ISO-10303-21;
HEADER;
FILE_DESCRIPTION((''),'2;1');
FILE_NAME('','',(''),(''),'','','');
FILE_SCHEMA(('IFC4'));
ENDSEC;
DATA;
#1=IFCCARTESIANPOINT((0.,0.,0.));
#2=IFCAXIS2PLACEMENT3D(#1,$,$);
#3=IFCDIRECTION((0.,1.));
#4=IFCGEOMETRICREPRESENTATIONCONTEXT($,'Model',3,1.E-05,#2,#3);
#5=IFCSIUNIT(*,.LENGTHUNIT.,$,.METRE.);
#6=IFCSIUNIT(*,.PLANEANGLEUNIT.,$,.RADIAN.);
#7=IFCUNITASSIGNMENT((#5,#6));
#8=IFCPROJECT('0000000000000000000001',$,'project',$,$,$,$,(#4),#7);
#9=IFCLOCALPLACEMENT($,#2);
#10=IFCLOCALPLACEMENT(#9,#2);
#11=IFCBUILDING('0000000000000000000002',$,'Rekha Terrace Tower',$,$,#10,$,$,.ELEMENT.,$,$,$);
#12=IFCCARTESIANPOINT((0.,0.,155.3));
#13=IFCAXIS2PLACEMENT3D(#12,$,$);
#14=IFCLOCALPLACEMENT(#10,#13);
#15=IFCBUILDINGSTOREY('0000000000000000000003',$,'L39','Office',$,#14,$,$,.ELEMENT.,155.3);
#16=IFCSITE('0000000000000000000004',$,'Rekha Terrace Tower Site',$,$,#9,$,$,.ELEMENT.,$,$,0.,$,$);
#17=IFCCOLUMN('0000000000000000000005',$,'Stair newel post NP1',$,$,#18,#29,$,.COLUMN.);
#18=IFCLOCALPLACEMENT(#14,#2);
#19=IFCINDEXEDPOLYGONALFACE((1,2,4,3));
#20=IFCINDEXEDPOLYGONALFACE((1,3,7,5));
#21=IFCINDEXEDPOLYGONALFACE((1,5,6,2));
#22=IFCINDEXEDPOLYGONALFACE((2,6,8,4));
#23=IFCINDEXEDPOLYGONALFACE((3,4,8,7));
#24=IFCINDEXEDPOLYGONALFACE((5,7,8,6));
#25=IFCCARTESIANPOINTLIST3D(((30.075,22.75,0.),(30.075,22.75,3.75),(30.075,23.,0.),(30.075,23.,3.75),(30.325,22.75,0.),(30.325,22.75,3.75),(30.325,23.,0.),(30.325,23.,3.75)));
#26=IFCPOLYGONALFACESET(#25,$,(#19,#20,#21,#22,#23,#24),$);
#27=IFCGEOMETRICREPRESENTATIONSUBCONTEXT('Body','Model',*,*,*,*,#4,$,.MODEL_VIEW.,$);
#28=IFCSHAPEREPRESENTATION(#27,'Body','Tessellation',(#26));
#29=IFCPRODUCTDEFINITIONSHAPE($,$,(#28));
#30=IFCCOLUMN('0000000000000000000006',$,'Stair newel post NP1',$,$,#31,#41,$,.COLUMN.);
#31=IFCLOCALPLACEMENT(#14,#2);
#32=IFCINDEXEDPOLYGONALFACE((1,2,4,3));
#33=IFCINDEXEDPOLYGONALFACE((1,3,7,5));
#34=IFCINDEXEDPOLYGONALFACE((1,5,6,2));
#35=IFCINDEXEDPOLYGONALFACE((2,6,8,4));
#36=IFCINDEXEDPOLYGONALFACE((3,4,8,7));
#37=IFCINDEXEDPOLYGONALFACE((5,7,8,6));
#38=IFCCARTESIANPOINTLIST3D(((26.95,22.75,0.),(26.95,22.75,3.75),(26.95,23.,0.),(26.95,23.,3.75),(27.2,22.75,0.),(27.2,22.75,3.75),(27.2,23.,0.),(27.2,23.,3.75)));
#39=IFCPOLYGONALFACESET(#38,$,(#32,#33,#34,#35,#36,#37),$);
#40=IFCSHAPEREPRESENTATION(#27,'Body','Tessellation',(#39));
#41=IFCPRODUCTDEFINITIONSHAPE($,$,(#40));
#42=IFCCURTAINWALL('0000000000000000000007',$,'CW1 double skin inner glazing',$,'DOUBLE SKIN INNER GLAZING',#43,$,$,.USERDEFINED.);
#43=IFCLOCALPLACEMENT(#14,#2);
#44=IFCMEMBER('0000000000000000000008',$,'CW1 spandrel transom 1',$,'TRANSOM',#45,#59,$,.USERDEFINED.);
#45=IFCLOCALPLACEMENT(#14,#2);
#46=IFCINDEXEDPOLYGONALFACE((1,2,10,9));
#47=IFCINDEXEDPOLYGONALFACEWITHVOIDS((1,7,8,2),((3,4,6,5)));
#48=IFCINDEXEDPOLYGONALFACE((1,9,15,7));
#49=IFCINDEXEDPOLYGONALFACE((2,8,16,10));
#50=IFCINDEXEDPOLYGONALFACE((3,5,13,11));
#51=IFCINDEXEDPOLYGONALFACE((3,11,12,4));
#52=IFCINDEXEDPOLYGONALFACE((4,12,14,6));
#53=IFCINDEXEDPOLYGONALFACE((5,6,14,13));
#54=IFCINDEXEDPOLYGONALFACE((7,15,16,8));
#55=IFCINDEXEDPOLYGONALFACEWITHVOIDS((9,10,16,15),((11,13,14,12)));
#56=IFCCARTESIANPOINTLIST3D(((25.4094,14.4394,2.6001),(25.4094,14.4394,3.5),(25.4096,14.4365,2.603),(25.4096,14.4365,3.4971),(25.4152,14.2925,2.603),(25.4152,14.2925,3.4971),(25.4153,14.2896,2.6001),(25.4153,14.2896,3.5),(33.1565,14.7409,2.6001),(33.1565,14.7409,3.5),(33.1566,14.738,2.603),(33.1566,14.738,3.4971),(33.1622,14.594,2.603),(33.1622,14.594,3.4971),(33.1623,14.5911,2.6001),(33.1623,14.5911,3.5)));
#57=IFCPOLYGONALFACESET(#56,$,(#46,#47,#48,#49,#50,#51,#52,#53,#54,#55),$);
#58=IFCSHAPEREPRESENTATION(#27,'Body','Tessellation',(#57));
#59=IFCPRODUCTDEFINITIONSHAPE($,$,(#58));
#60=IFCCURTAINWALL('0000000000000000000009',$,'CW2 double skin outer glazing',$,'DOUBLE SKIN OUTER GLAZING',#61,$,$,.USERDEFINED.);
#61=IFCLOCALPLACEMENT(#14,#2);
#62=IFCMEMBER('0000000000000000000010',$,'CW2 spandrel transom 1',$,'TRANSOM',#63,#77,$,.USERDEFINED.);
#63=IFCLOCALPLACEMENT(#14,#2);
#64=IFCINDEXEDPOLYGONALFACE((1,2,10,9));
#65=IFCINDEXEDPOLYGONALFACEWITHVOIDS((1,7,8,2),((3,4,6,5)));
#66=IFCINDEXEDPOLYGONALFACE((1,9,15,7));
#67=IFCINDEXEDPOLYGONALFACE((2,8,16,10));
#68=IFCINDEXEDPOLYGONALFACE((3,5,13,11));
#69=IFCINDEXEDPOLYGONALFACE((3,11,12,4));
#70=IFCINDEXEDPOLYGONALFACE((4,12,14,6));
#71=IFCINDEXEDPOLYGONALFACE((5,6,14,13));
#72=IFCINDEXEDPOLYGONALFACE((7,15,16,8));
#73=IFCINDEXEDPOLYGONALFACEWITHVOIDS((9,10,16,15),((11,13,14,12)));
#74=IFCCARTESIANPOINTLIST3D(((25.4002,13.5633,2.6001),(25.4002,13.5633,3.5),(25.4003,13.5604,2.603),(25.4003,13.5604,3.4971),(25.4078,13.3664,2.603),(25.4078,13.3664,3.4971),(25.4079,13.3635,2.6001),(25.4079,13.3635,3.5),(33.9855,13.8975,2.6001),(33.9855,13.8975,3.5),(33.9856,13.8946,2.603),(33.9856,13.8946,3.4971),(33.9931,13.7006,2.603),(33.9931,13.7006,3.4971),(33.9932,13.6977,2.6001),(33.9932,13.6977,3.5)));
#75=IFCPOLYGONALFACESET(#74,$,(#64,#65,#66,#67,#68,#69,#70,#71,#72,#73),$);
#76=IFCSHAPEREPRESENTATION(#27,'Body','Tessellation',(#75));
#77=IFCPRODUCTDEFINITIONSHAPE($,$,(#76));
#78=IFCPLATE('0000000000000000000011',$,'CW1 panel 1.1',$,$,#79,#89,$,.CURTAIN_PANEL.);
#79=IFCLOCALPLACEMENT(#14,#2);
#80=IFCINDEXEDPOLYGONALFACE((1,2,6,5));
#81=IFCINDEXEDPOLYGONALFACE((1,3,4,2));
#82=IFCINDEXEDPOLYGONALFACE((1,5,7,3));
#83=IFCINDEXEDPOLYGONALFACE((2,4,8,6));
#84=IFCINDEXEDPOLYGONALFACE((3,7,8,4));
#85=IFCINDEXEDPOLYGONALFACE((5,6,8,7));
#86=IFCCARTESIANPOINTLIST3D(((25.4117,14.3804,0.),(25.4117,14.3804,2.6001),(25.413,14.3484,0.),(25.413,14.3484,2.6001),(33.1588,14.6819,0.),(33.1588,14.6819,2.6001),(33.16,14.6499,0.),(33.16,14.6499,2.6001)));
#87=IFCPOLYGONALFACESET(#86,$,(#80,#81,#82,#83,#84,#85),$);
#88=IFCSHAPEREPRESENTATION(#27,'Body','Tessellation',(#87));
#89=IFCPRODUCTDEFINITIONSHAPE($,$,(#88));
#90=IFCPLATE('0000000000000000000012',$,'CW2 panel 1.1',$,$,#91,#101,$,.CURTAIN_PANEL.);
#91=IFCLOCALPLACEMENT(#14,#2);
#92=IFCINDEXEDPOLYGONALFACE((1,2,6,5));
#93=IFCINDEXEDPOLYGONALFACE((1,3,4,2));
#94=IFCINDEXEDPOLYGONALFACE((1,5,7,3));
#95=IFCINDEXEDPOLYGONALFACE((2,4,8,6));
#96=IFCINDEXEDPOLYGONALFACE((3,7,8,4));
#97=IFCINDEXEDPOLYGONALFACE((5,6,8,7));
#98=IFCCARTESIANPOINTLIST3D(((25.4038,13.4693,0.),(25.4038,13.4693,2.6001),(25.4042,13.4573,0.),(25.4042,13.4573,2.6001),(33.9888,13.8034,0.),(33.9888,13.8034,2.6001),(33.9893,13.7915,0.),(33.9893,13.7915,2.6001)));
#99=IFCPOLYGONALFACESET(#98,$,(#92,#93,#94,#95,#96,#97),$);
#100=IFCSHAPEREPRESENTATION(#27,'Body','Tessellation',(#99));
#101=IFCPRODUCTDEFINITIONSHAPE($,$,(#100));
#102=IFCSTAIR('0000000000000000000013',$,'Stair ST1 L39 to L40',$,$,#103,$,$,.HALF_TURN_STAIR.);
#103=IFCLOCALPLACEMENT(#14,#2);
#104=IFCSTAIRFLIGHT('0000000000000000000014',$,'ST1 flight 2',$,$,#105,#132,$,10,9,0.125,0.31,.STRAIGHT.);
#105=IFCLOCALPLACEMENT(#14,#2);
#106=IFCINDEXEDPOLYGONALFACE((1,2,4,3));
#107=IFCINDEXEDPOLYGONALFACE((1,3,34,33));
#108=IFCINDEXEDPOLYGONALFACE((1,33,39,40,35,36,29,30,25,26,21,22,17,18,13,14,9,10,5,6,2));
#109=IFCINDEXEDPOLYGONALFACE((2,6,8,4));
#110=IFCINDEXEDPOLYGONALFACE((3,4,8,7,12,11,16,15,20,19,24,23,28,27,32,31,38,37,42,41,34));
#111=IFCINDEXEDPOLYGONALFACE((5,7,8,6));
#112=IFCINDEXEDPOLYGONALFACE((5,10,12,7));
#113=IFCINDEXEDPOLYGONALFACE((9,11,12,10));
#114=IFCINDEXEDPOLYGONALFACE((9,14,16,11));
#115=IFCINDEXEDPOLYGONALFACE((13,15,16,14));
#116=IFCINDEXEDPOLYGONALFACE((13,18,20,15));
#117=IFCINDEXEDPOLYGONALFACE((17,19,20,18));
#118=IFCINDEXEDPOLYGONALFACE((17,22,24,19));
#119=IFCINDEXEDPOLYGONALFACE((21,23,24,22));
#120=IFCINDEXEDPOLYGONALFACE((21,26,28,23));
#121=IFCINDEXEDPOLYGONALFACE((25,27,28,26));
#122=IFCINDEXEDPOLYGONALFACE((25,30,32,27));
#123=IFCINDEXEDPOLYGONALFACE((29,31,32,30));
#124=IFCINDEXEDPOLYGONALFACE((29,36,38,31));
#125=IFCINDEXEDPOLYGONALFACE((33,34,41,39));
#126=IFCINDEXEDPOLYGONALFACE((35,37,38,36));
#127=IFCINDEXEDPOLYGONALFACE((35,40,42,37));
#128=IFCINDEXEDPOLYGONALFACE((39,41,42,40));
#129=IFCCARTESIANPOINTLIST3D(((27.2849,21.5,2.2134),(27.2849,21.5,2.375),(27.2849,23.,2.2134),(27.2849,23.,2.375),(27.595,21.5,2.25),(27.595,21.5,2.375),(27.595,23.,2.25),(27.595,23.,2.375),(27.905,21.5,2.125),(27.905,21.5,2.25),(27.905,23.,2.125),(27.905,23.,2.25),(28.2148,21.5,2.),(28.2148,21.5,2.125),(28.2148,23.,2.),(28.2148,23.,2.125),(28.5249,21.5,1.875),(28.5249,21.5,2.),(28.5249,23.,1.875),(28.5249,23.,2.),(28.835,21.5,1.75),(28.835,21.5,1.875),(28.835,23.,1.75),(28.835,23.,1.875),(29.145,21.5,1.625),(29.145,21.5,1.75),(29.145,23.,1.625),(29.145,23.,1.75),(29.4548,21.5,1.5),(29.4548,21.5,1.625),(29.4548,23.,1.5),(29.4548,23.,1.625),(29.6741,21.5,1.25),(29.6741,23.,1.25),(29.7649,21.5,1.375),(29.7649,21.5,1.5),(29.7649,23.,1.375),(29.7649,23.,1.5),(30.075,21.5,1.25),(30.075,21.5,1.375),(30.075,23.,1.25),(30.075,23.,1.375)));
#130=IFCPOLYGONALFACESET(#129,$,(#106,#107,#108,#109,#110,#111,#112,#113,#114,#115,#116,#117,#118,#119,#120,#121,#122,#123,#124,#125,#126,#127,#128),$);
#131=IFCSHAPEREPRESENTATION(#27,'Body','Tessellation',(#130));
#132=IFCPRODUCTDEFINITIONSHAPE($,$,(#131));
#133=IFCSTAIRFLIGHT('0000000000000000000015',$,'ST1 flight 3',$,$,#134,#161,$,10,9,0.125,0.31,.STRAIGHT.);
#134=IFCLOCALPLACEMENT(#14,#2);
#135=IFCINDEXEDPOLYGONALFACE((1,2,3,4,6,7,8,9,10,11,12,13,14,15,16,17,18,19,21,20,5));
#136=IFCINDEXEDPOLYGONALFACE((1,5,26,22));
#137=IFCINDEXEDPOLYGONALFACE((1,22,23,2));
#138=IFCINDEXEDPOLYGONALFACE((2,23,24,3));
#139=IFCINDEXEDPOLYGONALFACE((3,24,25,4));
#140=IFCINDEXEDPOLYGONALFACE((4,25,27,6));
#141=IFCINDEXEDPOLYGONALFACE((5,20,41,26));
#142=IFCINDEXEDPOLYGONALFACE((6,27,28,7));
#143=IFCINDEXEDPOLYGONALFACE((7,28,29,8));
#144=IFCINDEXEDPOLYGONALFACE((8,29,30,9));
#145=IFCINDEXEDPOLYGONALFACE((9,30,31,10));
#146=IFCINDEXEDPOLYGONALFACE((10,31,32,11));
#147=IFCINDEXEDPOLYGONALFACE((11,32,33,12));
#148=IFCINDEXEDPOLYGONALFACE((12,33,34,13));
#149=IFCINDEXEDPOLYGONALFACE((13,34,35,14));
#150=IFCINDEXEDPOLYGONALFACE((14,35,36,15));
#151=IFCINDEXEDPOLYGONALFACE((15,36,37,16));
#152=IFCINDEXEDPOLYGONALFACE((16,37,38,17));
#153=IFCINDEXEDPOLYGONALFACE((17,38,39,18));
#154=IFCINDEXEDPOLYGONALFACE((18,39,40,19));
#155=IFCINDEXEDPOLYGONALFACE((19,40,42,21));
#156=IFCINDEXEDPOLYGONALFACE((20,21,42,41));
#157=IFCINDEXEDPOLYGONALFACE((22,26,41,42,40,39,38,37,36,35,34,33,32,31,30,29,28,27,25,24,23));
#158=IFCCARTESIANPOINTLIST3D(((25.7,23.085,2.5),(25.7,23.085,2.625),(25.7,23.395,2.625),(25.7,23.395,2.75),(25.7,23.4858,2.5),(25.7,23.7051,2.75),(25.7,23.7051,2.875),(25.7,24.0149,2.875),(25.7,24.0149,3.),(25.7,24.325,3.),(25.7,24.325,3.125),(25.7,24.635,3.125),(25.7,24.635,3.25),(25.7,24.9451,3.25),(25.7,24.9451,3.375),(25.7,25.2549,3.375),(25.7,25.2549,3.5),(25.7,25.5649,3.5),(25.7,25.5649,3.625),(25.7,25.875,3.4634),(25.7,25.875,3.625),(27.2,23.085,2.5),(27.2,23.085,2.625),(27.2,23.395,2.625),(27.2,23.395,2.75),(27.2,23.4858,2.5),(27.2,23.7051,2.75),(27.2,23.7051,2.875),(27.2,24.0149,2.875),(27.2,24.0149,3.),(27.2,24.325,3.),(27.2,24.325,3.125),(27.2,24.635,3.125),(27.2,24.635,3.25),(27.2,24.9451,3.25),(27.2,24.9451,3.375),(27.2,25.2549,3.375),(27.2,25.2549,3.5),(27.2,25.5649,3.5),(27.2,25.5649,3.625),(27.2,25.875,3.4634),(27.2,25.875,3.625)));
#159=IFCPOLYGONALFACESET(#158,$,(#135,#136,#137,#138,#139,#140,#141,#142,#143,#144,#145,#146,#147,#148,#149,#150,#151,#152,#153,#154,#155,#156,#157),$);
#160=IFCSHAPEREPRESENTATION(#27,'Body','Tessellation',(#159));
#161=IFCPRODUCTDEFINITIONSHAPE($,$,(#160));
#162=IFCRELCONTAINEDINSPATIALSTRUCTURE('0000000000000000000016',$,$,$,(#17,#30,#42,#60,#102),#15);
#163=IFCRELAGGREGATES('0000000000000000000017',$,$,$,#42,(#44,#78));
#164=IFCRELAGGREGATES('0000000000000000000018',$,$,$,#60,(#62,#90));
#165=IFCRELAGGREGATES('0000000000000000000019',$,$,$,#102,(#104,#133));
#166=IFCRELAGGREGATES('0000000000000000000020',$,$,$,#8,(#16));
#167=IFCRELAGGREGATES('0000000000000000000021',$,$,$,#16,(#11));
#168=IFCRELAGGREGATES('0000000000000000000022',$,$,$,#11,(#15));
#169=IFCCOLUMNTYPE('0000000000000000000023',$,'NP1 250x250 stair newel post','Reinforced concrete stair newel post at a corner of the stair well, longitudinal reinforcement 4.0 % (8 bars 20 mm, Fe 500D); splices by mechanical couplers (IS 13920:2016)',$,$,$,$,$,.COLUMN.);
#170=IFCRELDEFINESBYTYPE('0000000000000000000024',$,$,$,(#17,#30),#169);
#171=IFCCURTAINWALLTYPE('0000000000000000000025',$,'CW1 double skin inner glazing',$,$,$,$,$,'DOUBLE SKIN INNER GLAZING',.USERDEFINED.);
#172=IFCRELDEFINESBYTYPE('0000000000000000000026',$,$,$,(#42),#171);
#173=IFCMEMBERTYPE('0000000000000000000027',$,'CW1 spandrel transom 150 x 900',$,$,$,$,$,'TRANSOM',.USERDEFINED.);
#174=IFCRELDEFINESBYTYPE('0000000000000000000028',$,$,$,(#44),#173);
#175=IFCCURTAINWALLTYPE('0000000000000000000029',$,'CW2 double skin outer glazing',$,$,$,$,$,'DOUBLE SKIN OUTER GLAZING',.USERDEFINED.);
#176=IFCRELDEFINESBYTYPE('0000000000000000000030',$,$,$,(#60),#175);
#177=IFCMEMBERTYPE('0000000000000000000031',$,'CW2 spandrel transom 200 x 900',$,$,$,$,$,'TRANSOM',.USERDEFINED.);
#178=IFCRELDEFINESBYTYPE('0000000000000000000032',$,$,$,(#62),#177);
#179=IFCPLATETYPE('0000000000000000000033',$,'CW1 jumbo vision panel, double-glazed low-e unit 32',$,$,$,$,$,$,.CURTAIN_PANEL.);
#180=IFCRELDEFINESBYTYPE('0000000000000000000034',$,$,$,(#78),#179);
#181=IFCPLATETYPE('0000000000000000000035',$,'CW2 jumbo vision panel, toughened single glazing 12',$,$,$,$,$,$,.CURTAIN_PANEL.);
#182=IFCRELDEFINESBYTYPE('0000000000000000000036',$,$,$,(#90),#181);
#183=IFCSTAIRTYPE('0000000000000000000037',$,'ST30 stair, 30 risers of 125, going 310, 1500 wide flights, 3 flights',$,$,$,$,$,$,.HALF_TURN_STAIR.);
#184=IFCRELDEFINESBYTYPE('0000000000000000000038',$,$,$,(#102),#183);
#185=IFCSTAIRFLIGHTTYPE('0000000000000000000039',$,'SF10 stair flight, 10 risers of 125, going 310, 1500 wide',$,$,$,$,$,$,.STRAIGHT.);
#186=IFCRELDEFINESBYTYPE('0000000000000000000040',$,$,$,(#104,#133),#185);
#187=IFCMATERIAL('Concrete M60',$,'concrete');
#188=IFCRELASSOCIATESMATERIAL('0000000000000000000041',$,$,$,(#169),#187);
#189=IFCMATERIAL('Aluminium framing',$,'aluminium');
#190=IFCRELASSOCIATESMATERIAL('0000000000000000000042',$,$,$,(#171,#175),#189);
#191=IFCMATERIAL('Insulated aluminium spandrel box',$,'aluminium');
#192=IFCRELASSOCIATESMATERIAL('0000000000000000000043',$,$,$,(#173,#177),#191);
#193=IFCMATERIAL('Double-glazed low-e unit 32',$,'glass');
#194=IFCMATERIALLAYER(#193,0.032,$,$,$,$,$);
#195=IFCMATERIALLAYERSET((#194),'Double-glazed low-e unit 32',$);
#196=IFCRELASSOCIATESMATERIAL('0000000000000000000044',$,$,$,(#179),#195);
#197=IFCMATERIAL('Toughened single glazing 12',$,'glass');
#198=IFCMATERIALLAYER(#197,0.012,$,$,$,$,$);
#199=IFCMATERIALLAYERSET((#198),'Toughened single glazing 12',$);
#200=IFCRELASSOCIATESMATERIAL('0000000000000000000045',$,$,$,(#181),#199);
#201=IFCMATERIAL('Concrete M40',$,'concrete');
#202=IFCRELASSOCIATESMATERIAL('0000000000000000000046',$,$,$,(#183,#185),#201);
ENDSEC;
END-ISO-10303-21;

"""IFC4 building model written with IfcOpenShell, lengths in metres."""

from ifc_helpers import new_model, si_unit, direction, frame, origin, origin_2d, place, context, subcontext, project, spatial, polyline, rectangle, hollow_rectangle, outline, extrude, material, layer, layer_set, material_profile, profile_set, type_object, element, aggregate, save


model = new_model("IFC4")

# Units and contexts
model_context = context("Model", 3, precision=1e-05, world=origin(), true_north=direction((0.0, 1.0)))
body_context = subcontext(model_context, "Body", "Model", "MODEL_VIEW")
ifc_project = project(units=[si_unit("LENGTHUNIT", "METRE"), si_unit("PLANEANGLEUNIT", "RADIAN")], contexts=[model_context])

# Site, building, storey
site_placement = place(None, origin())
site = spatial("IfcSite", under=ifc_project, at=site_placement, Name="Rekha Terrace Tower Site", CompositionType="ELEMENT", RefElevation=0.0)
building_placement = place(site_placement, origin())
building = spatial("IfcBuilding", under=site, at=building_placement, Name="Rekha Terrace Tower", CompositionType="ELEMENT")
storey_placement = place(building_placement, frame((0.0, 0.0, 155.3)))
storey = spatial("IfcBuildingStorey", under=building, at=storey_placement, Name="L39", Description="Office", CompositionType="ELEMENT", Elevation=155.3)

# Columns
ifc_material_1 = material(Name="Concrete M60", Category="concrete")
ifc_material_profile_1 = material_profile(ifc_material_1, rectangle(XDim=0.25, YDim=0.25, at=origin_2d()), Name="RC 250x250")
ifc_profile_set_1 = profile_set([ifc_material_profile_1], Name="Concrete M60")
column_type = type_object("IfcColumnType", Name="NP1 250x250 stair newel post", Description="Reinforced concrete stair newel post at a corner of the stair well, longitudinal reinforcement 4.0 % (8 bars 20 mm, Fe 500D); splices by mechanical couplers (IS 13920:2016)", PredefinedType="COLUMN", material=ifc_profile_set_1)
for number, where, z_axis, x_axis, name in (
    (1, (30.2, 22.875, 0.0), (0.0, 0.0, 1.0), (1.0, 0.0, 0.0), "Stair newel post NP1"),
    (2, (27.075, 22.875, 0.0), (0.0, 0.0, 1.0), (1.0, 0.0, 0.0), "Stair newel post NP1"),
):
    element("IfcColumn", number, at=place(storey_placement, frame(where, z_axis=z_axis, x_axis=x_axis)), inside=storey, type_object=column_type, Name=name, PredefinedType="COLUMN", context=body_context, shape_type="SweptSolid", body=[
        extrude(rectangle(XDim=0.25, YDim=0.25, at=origin_2d()), origin(), (0.0, 0.0, 1.0), 3.75),
    ])

# Curtain walls, members
ifc_material_2 = material(Name="Aluminium framing", Category="aluminium")
curtain_wall_type_1 = type_object("IfcCurtainWallType", Name="CW1 double skin inner glazing", ElementType="DOUBLE SKIN INNER GLAZING", PredefinedType="USERDEFINED", material=ifc_material_2)
curtain_wall_1_placement = place(storey_placement, origin())
curtain_wall_1 = element("IfcCurtainWall", 3, at=curtain_wall_1_placement, inside=storey, type_object=curtain_wall_type_1, Name="CW1 double skin inner glazing", ObjectType="DOUBLE SKIN INNER GLAZING", PredefinedType="USERDEFINED")
ifc_material_3 = material(Name="Insulated aluminium spandrel box", Category="aluminium")
ifc_material_profile_2 = material_profile(ifc_material_3, hollow_rectangle(XDim=0.1499, YDim=0.8999, WallThickness=0.0029, at=origin_2d()), Name="AL SPANDREL BOX 150x900")
ifc_profile_set_2 = profile_set([ifc_material_profile_2], Name="Insulated aluminium spandrel box")
member_type_1 = type_object("IfcMemberType", Name="CW1 spandrel transom 150 x 900", ElementType="TRANSOM", PredefinedType="USERDEFINED", material=ifc_profile_set_2)
member_1_placement = place(storey_placement, frame((25.4124, 14.3645, 3.05), z_axis=(0.999243, 0.03889, 0.0), x_axis=(-0.03889, 0.999243, 0.0)))
member_1 = element("IfcMember", 4, at=member_1_placement, type_object=member_type_1, Name="CW1 spandrel transom 1", ObjectType="TRANSOM", PredefinedType="USERDEFINED", context=body_context, shape_type="SweptSolid", body=[
    extrude(hollow_rectangle(XDim=0.1499, YDim=0.8999, WallThickness=0.0029, at=origin_2d()), origin(), (0.0, 0.0, 1.0), 7.7529),
])
curtain_wall_type_2 = type_object("IfcCurtainWallType", Name="CW2 double skin outer glazing", ElementType="DOUBLE SKIN OUTER GLAZING", PredefinedType="USERDEFINED", material=ifc_material_2)
curtain_wall_2_placement = place(storey_placement, origin())
curtain_wall_2 = element("IfcCurtainWall", 5, at=curtain_wall_2_placement, inside=storey, type_object=curtain_wall_type_2, Name="CW2 double skin outer glazing", ObjectType="DOUBLE SKIN OUTER GLAZING", PredefinedType="USERDEFINED")
ifc_material_profile_3 = material_profile(ifc_material_3, hollow_rectangle(XDim=0.2, YDim=0.8999, WallThickness=0.0029, at=origin_2d()), Name="AL SPANDREL BOX 200x900")
ifc_profile_set_3 = profile_set([ifc_material_profile_3], Name="Insulated aluminium spandrel box")
member_type_2 = type_object("IfcMemberType", Name="CW2 spandrel transom 200 x 900", ElementType="TRANSOM", PredefinedType="USERDEFINED", material=ifc_profile_set_3)
member_2_placement = place(storey_placement, frame((25.4041, 13.4634, 3.05), z_axis=(0.999243, 0.038901, 0.0), x_axis=(-0.038901, 0.999243, 0.0)))
member_2 = element("IfcMember", 6, at=member_2_placement, type_object=member_type_2, Name="CW2 spandrel transom 1", ObjectType="TRANSOM", PredefinedType="USERDEFINED", context=body_context, shape_type="SweptSolid", body=[
    extrude(hollow_rectangle(XDim=0.2, YDim=0.8999, WallThickness=0.0029, at=origin_2d()), origin(), (0.0, 0.0, 1.0), 8.5918),
])

# Plates
ifc_material_4 = material(Name="Double-glazed low-e unit 32", Category="glass")
ifc_layer_1 = layer(ifc_material_4, 0.032)
ifc_layer_set_1 = layer_set([ifc_layer_1], Name="Double-glazed low-e unit 32")
plate_type_1 = type_object("IfcPlateType", Name="CW1 jumbo vision panel, double-glazed low-e unit 32", PredefinedType="CURTAIN_PANEL", material=ifc_layer_set_1)
plate_1_placement = place(storey_placement, frame((29.2859, 14.5151, 0.0), z_axis=(0.0, 0.0, 1.0), x_axis=(0.999243, 0.03889, 0.0)))
plate_1 = element("IfcPlate", 7, at=plate_1_placement, type_object=plate_type_1, Name="CW1 panel 1.1", PredefinedType="CURTAIN_PANEL", context=body_context, shape_type="SweptSolid", body=[
    extrude(rectangle(XDim=7.7529, YDim=0.032, at=origin_2d()), origin(), (0.0, 0.0, 1.0), 2.6001),
])
aggregate(curtain_wall_1, [member_1, plate_1])
ifc_material_5 = material(Name="Toughened single glazing 12", Category="glass")
ifc_layer_2 = layer(ifc_material_5, 0.012)
ifc_layer_set_2 = layer_set([ifc_layer_2], Name="Toughened single glazing 12")
plate_type_2 = type_object("IfcPlateType", Name="CW2 jumbo vision panel, toughened single glazing 12", PredefinedType="CURTAIN_PANEL", material=ifc_layer_set_2)
plate_2_placement = place(storey_placement, frame((29.6965, 13.6304, 0.0), z_axis=(0.0, 0.0, 1.0), x_axis=(0.999243, 0.03889, 0.0)))
plate_2 = element("IfcPlate", 8, at=plate_2_placement, type_object=plate_type_2, Name="CW2 panel 1.1", PredefinedType="CURTAIN_PANEL", context=body_context, shape_type="SweptSolid", body=[
    extrude(rectangle(XDim=8.5916, YDim=0.012, at=origin_2d()), origin(), (0.0, 0.0, 1.0), 2.6001),
])
aggregate(curtain_wall_2, [member_2, plate_2])

# Stair, stair flights
ifc_material_6 = material(Name="Concrete M40", Category="concrete")
stair_type = type_object("IfcStairType", Name="ST30 stair, 30 risers of 125, going 310, 1500 wide flights, 3 flights", PredefinedType="HALF_TURN_STAIR", material=ifc_material_6)
stair_placement = place(storey_placement, origin())
stair = element("IfcStair", 9, at=stair_placement, inside=storey, type_object=stair_type, Name="Stair ST1 L39 to L40", PredefinedType="HALF_TURN_STAIR")
stair_flight_type = type_object("IfcStairFlightType", Name="SF10 stair flight, 10 risers of 125, going 310, 1500 wide", PredefinedType="STRAIGHT", material=ifc_material_6)
stair_flight_1_placement = place(storey_placement, frame((30.075, 22.25, 1.25), z_axis=(0.0, 0.0, 1.0), x_axis=(-1.0, 0.0, 0.0)))
stair_flight_1 = element("IfcStairFlight", 10, at=stair_flight_1_placement, type_object=stair_flight_type, Name="ST1 flight 2", NumberOfRisers=10, NumberOfTreads=9, PredefinedType="STRAIGHT", RiserHeight=0.125, TreadLength=0.31, context=body_context, shape_type="SweptSolid", body=[
    extrude(outline(polyline([(0.0, 0.0), (0.0, 0.125), (0.3101, 0.125), (0.3101, 0.25), (0.6201, 0.25), (0.6201, 0.375), (0.9299, 0.375), (0.9299, 0.5), (1.24, 0.5), (1.24, 0.625), (1.55, 0.625), (1.55, 0.75), (1.8601, 0.75), (1.8601, 0.875), (2.1699, 0.875), (2.1699, 1.0), (2.48, 1.0), (2.48, 1.125), (2.79, 1.125), (2.79, 1.25), (2.79, 0.9634), (0.4009, 0.0), (0.0, 0.0)])), frame((0.0, 0.75, 0.0), z_axis=(0.0, -1.0, 0.0), x_axis=(1.0, 0.0, 0.0)), (0.0, 0.0, 1.0), 1.5),
])
stair_flight_2_placement = place(storey_placement, frame((26.45, 23.085, 2.5), z_axis=(0.0, 0.0, 1.0), x_axis=(0.0, 1.0, 0.0)))
stair_flight_2 = element("IfcStairFlight", 11, at=stair_flight_2_placement, type_object=stair_flight_type, Name="ST1 flight 3", NumberOfRisers=10, NumberOfTreads=9, PredefinedType="STRAIGHT", RiserHeight=0.125, TreadLength=0.31, context=body_context, shape_type="SweptSolid", body=[
    extrude(outline(polyline([(0.0, 0.0), (0.0, 0.125), (0.3101, 0.125), (0.3101, 0.25), (0.6201, 0.25), (0.6201, 0.375), (0.9299, 0.375), (0.9299, 0.5), (1.24, 0.5), (1.24, 0.625), (1.55, 0.625), (1.55, 0.75), (1.8601, 0.75), (1.8601, 0.875), (2.1699, 0.875), (2.1699, 1.0), (2.48, 1.0), (2.48, 1.125), (2.79, 1.125), (2.79, 1.25), (2.79, 0.9634), (0.4009, 0.0), (0.0, 0.0)])), frame((0.0, 0.75, 0.0), z_axis=(0.0, -1.0, 0.0), x_axis=(1.0, 0.0, 0.0)), (0.0, 0.0, 1.0), 1.5),
])
aggregate(stair, [stair_flight_1, stair_flight_2])

save(model, "model.ifc")
